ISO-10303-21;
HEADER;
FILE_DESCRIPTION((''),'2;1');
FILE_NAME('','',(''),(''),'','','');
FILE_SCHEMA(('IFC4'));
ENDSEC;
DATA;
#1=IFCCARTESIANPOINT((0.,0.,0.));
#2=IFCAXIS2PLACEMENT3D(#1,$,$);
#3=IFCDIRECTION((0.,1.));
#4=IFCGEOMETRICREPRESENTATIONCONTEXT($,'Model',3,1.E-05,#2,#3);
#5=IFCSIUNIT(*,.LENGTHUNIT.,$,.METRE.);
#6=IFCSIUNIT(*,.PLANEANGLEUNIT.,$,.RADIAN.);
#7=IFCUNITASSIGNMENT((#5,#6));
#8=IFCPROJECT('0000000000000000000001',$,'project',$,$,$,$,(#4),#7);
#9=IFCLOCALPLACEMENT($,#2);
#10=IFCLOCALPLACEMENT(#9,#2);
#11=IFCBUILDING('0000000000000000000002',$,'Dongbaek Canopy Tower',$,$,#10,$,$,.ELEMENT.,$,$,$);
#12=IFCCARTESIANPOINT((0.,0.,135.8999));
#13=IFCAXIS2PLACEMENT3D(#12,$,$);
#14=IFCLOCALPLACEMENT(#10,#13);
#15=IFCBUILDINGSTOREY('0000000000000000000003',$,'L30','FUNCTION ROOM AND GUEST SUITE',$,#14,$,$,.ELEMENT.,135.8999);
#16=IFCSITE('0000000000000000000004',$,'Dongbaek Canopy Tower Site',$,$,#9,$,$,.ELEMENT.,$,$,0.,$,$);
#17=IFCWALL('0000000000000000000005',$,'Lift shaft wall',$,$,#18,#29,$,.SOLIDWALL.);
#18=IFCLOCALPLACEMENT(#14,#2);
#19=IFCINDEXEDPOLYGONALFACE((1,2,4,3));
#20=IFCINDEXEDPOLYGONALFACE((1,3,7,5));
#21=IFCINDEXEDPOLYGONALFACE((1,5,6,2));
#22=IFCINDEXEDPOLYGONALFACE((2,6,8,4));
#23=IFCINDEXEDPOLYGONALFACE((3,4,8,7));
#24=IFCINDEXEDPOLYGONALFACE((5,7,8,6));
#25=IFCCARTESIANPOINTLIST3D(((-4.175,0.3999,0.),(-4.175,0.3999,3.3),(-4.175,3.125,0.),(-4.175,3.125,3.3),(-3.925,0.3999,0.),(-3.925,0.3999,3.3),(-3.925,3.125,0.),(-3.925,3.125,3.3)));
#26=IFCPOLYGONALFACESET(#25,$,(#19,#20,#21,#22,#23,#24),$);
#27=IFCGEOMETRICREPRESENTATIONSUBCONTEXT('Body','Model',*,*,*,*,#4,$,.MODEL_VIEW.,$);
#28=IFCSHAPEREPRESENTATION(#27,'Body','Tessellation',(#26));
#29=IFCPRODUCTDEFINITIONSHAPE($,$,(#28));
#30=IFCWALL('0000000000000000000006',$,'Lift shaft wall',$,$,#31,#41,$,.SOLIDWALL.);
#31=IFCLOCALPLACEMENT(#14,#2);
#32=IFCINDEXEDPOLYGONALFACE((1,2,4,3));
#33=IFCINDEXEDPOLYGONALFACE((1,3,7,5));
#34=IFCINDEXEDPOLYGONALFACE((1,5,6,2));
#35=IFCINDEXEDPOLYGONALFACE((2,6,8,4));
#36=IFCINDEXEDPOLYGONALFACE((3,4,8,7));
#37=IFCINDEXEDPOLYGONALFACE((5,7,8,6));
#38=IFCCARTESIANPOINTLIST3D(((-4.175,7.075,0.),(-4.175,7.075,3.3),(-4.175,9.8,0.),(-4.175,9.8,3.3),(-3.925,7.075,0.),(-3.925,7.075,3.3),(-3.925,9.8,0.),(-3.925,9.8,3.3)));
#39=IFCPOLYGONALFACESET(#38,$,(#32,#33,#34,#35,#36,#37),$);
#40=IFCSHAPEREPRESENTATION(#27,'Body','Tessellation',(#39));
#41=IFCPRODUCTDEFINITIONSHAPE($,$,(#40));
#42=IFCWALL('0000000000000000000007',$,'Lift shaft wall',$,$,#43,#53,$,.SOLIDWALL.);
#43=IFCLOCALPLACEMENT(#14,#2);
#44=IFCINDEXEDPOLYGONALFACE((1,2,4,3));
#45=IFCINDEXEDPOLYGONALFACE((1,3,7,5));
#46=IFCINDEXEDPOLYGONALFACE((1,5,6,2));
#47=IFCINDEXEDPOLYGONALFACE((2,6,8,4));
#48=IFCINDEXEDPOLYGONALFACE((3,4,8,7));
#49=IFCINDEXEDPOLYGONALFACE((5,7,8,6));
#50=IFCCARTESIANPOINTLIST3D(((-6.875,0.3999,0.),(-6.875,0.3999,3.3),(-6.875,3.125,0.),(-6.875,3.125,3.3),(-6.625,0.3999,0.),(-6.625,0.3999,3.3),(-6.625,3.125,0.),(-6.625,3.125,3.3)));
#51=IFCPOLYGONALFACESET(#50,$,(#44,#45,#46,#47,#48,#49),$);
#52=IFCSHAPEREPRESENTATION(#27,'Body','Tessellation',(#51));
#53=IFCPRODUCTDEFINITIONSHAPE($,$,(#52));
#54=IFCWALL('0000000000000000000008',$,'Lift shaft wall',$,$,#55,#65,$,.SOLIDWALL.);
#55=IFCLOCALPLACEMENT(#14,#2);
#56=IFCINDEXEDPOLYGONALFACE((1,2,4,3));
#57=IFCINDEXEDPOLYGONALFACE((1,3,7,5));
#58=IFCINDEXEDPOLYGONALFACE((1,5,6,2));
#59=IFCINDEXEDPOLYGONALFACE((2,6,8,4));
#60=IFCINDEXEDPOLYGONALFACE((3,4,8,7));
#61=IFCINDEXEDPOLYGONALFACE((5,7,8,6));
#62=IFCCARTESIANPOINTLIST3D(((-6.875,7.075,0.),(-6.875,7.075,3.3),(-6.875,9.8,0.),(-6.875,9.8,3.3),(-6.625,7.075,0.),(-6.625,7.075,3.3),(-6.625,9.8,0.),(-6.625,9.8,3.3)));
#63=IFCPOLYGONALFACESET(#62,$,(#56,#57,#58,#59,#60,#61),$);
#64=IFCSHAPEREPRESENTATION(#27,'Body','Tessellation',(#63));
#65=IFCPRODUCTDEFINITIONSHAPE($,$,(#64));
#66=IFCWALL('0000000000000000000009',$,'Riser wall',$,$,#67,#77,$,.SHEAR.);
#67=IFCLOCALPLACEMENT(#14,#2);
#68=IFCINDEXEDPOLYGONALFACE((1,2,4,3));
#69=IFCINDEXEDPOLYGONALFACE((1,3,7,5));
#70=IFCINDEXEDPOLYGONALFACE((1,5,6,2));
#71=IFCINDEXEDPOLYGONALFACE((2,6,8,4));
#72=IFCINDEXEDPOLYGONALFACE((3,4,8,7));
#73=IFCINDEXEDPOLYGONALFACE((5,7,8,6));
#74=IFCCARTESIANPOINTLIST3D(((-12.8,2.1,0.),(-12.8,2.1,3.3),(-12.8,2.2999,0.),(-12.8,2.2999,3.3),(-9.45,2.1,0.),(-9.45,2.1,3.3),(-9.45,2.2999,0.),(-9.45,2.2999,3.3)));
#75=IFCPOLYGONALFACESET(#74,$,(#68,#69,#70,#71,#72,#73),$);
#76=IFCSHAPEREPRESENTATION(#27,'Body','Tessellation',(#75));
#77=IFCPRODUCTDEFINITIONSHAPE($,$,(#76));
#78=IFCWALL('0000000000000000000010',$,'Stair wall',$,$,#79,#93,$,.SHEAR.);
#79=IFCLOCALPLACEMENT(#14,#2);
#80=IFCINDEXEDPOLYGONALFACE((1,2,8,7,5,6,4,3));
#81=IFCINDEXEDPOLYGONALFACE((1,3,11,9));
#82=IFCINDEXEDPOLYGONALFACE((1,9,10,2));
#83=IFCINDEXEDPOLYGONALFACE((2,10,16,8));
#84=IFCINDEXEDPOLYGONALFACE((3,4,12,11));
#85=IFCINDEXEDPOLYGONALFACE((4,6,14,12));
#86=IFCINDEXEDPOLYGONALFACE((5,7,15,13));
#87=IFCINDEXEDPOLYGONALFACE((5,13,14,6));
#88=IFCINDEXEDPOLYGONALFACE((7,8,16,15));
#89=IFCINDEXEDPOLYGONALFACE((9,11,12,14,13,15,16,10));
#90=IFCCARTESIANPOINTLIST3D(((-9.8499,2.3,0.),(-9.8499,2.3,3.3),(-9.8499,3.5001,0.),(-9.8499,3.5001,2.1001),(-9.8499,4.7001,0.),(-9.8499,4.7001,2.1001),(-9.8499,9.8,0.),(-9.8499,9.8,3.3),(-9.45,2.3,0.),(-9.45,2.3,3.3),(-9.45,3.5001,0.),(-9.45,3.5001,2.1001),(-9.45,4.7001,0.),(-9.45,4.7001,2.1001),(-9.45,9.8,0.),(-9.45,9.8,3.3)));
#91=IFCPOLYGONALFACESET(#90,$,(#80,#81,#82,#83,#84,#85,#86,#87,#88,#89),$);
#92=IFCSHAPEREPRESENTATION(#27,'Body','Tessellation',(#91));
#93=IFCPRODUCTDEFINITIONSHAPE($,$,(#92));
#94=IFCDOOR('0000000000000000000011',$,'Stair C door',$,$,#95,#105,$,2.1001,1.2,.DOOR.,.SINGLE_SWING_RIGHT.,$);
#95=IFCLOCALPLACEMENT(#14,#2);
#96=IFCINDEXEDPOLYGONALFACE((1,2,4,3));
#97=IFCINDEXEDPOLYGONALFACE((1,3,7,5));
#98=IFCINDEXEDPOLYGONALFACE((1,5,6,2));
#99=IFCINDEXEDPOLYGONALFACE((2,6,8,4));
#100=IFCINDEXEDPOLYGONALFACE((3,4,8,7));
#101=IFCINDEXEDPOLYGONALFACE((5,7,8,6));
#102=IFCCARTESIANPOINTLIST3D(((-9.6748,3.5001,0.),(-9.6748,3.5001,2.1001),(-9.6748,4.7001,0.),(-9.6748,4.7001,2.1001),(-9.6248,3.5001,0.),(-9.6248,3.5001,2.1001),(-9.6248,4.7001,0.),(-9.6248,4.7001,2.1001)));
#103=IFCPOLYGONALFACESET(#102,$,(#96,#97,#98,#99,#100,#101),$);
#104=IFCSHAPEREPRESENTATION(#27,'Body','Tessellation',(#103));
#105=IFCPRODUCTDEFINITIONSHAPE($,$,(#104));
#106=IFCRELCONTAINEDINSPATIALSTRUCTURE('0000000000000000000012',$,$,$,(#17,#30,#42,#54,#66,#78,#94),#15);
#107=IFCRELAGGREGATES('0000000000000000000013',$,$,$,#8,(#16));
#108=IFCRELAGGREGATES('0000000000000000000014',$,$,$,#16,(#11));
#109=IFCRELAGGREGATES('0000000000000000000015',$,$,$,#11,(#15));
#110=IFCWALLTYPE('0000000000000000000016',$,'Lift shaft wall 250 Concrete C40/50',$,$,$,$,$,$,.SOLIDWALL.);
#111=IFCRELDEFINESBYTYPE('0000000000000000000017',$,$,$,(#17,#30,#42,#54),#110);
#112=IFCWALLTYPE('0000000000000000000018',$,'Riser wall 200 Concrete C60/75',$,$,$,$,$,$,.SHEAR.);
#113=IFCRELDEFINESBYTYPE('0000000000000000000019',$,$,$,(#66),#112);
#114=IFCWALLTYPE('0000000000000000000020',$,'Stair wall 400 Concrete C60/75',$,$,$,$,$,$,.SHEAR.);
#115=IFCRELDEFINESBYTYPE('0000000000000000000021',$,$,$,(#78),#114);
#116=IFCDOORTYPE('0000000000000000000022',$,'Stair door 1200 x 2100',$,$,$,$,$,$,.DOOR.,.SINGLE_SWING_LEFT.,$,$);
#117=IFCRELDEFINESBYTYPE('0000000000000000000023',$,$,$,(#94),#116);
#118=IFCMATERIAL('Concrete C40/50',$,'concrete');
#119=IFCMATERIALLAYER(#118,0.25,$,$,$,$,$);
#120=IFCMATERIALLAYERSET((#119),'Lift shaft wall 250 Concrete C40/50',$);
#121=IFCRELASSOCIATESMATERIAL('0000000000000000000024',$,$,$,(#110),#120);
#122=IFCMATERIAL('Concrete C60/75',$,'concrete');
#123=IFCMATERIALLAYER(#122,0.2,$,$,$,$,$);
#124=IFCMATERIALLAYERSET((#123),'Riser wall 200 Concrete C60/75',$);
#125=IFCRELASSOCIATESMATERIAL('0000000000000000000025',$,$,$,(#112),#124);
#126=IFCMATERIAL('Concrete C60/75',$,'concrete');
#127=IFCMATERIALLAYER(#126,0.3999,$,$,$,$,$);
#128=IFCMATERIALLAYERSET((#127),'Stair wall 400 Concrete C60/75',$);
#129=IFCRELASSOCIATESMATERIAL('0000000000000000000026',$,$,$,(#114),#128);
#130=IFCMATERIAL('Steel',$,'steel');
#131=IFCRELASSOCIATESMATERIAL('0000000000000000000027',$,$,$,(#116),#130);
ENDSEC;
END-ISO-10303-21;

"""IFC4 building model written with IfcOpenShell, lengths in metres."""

from ifc_helpers import new_model, si_unit, direction, frame, frame_2d, origin, place, context, subcontext, project, spatial, rectangle, extrude, material, layer, layer_set, type_object, element, fill, save


model = new_model("IFC4")

# Units and contexts
model_context = context("Model", 3, precision=1e-05, world=origin(), true_north=direction((0.0, 1.0)))
body_context = subcontext(model_context, "Body", "Model", "MODEL_VIEW")
ifc_project = project(units=[si_unit("LENGTHUNIT", "METRE"), si_unit("PLANEANGLEUNIT", "RADIAN")], contexts=[model_context])

# Site, building, storey
site_placement = place(None, origin())
site = spatial("IfcSite", under=ifc_project, at=site_placement, Name="Dongbaek Canopy Tower Site", CompositionType="ELEMENT", RefElevation=0.0)
building_placement = place(site_placement, origin())
building = spatial("IfcBuilding", under=site, at=building_placement, Name="Dongbaek Canopy Tower", CompositionType="ELEMENT")
storey_placement = place(building_placement, frame((0.0, 0.0, 135.8999)))
storey = spatial("IfcBuildingStorey", under=building, at=storey_placement, Name="L30", Description="FUNCTION ROOM AND GUEST SUITE", CompositionType="ELEMENT", Elevation=135.8999)

# Walls
ifc_material_1 = material(Name="Concrete C40/50", Category="concrete")
ifc_layer_1 = layer(ifc_material_1, 0.25)
ifc_layer_set_1 = layer_set([ifc_layer_1], Name="Lift shaft wall 250 Concrete C40/50")
wall_type_1 = type_object("IfcWallType", Name="Lift shaft wall 250 Concrete C40/50", PredefinedType="SOLIDWALL", material=ifc_layer_set_1)
for number, where, z_axis, x_axis, name in (
    (1, (-4.05, 0.3999, 0.0), (0.0, 0.0, 1.0), (0.0, 1.0, 0.0), "Lift shaft wall"),
    (2, (-4.05, 7.075, 0.0), (0.0, 0.0, 1.0), (0.0, 1.0, 0.0), "Lift shaft wall"),
    (3, (-6.75, 0.3999, 0.0), (0.0, 0.0, 1.0), (0.0, 1.0, 0.0), "Lift shaft wall"),
    (4, (-6.75, 7.075, 0.0), (0.0, 0.0, 1.0), (0.0, 1.0, 0.0), "Lift shaft wall"),
):
    element("IfcWall", number, at=place(storey_placement, frame(where, z_axis=z_axis, x_axis=x_axis)), inside=storey, type_object=wall_type_1, Name=name, PredefinedType="SOLIDWALL", context=body_context, shape_type="SweptSolid", body=[
        extrude(rectangle(XDim=2.7251, YDim=0.25, at=frame_2d((1.3625, 0.0))), origin(), (0.0, 0.0, 1.0), 3.3),
    ])
ifc_material_2 = material(Name="Concrete C60/75", Category="concrete")
ifc_layer_2 = layer(ifc_material_2, 0.2)
ifc_layer_set_2 = layer_set([ifc_layer_2], Name="Riser wall 200 Concrete C60/75")
wall_type_2 = type_object("IfcWallType", Name="Riser wall 200 Concrete C60/75", PredefinedType="SHEAR", material=ifc_layer_set_2)
wall_1_placement = place(storey_placement, frame((-9.45, 2.2, 0.0), z_axis=(0.0, 0.0, 1.0), x_axis=(-1.0, 0.0, 0.0)))
element("IfcWall", 5, at=wall_1_placement, inside=storey, type_object=wall_type_2, Name="Riser wall", PredefinedType="SHEAR", context=body_context, shape_type="SweptSolid", body=[
    extrude(rectangle(XDim=3.3501, YDim=0.2, at=frame_2d((1.675, 0.0))), origin(), (0.0, 0.0, 1.0), 3.3),
])

# Wall, opening, door
ifc_material_3 = material(Name="Concrete C60/75", Category="concrete")
ifc_layer_3 = layer(ifc_material_3, 0.3999)
ifc_layer_set_3 = layer_set([ifc_layer_3], Name="Stair wall 400 Concrete C60/75")
wall_type_3 = type_object("IfcWallType", Name="Stair wall 400 Concrete C60/75", PredefinedType="SHEAR", material=ifc_layer_set_3)
wall_2_placement = place(storey_placement, frame((-9.6499, 2.3, 0.0), z_axis=(0.0, 0.0, 1.0), x_axis=(0.0, 1.0, 0.0)))
wall_2 = element("IfcWall", 6, at=wall_2_placement, inside=storey, type_object=wall_type_3, Name="Stair wall", PredefinedType="SHEAR", context=body_context, shape_type="SweptSolid", body=[
    extrude(rectangle(XDim=7.5, YDim=0.3999, at=frame_2d((3.75, 0.0))), origin(), (0.0, 0.0, 1.0), 3.3),
])
opening_1_placement = place(wall_2_placement, frame((1.2, 0.0, 0.0)))
opening_1 = element("IfcOpeningElement", 7, at=opening_1_placement, cuts=wall_2, PredefinedType="OPENING", context=body_context, shape_type="SweptSolid", body=[
    extrude(rectangle(XDim=1.2, YDim=2.1001, at=frame_2d((0.6001, 1.05))), frame((0.0, 0.21, 0.0), z_axis=(0.0, -1.0, 0.0), x_axis=(1.0, 0.0, 0.0)), (0.0, 0.0, 1.0), 0.4199),
])
ifc_material_4 = material(Name="Steel", Category="steel")
door_type_1 = type_object("IfcDoorType", Name="Stair door 1200 x 2100", OperationType="SINGLE_SWING_LEFT", PredefinedType="DOOR", material=ifc_material_4)
door_1_placement = place(opening_1_placement, origin())
door_1 = element("IfcDoor", 8, at=door_1_placement, inside=storey, type_object=door_type_1, Name="Stair C door", OperationType="SINGLE_SWING_RIGHT", OverallHeight=2.1001, OverallWidth=1.2, PredefinedType="DOOR", context=body_context, shape_type="SweptSolid", body=[
    extrude(rectangle(XDim=1.2, YDim=2.1001, at=frame_2d((0.6001, 1.05))), frame((0.0, 0.0249, 0.0), z_axis=(0.0, -1.0, 0.0), x_axis=(1.0, 0.0, 0.0)), (0.0, 0.0, 1.0), 0.05),
])
fill(opening_1, door_1)

save(model, "model.ifc")
